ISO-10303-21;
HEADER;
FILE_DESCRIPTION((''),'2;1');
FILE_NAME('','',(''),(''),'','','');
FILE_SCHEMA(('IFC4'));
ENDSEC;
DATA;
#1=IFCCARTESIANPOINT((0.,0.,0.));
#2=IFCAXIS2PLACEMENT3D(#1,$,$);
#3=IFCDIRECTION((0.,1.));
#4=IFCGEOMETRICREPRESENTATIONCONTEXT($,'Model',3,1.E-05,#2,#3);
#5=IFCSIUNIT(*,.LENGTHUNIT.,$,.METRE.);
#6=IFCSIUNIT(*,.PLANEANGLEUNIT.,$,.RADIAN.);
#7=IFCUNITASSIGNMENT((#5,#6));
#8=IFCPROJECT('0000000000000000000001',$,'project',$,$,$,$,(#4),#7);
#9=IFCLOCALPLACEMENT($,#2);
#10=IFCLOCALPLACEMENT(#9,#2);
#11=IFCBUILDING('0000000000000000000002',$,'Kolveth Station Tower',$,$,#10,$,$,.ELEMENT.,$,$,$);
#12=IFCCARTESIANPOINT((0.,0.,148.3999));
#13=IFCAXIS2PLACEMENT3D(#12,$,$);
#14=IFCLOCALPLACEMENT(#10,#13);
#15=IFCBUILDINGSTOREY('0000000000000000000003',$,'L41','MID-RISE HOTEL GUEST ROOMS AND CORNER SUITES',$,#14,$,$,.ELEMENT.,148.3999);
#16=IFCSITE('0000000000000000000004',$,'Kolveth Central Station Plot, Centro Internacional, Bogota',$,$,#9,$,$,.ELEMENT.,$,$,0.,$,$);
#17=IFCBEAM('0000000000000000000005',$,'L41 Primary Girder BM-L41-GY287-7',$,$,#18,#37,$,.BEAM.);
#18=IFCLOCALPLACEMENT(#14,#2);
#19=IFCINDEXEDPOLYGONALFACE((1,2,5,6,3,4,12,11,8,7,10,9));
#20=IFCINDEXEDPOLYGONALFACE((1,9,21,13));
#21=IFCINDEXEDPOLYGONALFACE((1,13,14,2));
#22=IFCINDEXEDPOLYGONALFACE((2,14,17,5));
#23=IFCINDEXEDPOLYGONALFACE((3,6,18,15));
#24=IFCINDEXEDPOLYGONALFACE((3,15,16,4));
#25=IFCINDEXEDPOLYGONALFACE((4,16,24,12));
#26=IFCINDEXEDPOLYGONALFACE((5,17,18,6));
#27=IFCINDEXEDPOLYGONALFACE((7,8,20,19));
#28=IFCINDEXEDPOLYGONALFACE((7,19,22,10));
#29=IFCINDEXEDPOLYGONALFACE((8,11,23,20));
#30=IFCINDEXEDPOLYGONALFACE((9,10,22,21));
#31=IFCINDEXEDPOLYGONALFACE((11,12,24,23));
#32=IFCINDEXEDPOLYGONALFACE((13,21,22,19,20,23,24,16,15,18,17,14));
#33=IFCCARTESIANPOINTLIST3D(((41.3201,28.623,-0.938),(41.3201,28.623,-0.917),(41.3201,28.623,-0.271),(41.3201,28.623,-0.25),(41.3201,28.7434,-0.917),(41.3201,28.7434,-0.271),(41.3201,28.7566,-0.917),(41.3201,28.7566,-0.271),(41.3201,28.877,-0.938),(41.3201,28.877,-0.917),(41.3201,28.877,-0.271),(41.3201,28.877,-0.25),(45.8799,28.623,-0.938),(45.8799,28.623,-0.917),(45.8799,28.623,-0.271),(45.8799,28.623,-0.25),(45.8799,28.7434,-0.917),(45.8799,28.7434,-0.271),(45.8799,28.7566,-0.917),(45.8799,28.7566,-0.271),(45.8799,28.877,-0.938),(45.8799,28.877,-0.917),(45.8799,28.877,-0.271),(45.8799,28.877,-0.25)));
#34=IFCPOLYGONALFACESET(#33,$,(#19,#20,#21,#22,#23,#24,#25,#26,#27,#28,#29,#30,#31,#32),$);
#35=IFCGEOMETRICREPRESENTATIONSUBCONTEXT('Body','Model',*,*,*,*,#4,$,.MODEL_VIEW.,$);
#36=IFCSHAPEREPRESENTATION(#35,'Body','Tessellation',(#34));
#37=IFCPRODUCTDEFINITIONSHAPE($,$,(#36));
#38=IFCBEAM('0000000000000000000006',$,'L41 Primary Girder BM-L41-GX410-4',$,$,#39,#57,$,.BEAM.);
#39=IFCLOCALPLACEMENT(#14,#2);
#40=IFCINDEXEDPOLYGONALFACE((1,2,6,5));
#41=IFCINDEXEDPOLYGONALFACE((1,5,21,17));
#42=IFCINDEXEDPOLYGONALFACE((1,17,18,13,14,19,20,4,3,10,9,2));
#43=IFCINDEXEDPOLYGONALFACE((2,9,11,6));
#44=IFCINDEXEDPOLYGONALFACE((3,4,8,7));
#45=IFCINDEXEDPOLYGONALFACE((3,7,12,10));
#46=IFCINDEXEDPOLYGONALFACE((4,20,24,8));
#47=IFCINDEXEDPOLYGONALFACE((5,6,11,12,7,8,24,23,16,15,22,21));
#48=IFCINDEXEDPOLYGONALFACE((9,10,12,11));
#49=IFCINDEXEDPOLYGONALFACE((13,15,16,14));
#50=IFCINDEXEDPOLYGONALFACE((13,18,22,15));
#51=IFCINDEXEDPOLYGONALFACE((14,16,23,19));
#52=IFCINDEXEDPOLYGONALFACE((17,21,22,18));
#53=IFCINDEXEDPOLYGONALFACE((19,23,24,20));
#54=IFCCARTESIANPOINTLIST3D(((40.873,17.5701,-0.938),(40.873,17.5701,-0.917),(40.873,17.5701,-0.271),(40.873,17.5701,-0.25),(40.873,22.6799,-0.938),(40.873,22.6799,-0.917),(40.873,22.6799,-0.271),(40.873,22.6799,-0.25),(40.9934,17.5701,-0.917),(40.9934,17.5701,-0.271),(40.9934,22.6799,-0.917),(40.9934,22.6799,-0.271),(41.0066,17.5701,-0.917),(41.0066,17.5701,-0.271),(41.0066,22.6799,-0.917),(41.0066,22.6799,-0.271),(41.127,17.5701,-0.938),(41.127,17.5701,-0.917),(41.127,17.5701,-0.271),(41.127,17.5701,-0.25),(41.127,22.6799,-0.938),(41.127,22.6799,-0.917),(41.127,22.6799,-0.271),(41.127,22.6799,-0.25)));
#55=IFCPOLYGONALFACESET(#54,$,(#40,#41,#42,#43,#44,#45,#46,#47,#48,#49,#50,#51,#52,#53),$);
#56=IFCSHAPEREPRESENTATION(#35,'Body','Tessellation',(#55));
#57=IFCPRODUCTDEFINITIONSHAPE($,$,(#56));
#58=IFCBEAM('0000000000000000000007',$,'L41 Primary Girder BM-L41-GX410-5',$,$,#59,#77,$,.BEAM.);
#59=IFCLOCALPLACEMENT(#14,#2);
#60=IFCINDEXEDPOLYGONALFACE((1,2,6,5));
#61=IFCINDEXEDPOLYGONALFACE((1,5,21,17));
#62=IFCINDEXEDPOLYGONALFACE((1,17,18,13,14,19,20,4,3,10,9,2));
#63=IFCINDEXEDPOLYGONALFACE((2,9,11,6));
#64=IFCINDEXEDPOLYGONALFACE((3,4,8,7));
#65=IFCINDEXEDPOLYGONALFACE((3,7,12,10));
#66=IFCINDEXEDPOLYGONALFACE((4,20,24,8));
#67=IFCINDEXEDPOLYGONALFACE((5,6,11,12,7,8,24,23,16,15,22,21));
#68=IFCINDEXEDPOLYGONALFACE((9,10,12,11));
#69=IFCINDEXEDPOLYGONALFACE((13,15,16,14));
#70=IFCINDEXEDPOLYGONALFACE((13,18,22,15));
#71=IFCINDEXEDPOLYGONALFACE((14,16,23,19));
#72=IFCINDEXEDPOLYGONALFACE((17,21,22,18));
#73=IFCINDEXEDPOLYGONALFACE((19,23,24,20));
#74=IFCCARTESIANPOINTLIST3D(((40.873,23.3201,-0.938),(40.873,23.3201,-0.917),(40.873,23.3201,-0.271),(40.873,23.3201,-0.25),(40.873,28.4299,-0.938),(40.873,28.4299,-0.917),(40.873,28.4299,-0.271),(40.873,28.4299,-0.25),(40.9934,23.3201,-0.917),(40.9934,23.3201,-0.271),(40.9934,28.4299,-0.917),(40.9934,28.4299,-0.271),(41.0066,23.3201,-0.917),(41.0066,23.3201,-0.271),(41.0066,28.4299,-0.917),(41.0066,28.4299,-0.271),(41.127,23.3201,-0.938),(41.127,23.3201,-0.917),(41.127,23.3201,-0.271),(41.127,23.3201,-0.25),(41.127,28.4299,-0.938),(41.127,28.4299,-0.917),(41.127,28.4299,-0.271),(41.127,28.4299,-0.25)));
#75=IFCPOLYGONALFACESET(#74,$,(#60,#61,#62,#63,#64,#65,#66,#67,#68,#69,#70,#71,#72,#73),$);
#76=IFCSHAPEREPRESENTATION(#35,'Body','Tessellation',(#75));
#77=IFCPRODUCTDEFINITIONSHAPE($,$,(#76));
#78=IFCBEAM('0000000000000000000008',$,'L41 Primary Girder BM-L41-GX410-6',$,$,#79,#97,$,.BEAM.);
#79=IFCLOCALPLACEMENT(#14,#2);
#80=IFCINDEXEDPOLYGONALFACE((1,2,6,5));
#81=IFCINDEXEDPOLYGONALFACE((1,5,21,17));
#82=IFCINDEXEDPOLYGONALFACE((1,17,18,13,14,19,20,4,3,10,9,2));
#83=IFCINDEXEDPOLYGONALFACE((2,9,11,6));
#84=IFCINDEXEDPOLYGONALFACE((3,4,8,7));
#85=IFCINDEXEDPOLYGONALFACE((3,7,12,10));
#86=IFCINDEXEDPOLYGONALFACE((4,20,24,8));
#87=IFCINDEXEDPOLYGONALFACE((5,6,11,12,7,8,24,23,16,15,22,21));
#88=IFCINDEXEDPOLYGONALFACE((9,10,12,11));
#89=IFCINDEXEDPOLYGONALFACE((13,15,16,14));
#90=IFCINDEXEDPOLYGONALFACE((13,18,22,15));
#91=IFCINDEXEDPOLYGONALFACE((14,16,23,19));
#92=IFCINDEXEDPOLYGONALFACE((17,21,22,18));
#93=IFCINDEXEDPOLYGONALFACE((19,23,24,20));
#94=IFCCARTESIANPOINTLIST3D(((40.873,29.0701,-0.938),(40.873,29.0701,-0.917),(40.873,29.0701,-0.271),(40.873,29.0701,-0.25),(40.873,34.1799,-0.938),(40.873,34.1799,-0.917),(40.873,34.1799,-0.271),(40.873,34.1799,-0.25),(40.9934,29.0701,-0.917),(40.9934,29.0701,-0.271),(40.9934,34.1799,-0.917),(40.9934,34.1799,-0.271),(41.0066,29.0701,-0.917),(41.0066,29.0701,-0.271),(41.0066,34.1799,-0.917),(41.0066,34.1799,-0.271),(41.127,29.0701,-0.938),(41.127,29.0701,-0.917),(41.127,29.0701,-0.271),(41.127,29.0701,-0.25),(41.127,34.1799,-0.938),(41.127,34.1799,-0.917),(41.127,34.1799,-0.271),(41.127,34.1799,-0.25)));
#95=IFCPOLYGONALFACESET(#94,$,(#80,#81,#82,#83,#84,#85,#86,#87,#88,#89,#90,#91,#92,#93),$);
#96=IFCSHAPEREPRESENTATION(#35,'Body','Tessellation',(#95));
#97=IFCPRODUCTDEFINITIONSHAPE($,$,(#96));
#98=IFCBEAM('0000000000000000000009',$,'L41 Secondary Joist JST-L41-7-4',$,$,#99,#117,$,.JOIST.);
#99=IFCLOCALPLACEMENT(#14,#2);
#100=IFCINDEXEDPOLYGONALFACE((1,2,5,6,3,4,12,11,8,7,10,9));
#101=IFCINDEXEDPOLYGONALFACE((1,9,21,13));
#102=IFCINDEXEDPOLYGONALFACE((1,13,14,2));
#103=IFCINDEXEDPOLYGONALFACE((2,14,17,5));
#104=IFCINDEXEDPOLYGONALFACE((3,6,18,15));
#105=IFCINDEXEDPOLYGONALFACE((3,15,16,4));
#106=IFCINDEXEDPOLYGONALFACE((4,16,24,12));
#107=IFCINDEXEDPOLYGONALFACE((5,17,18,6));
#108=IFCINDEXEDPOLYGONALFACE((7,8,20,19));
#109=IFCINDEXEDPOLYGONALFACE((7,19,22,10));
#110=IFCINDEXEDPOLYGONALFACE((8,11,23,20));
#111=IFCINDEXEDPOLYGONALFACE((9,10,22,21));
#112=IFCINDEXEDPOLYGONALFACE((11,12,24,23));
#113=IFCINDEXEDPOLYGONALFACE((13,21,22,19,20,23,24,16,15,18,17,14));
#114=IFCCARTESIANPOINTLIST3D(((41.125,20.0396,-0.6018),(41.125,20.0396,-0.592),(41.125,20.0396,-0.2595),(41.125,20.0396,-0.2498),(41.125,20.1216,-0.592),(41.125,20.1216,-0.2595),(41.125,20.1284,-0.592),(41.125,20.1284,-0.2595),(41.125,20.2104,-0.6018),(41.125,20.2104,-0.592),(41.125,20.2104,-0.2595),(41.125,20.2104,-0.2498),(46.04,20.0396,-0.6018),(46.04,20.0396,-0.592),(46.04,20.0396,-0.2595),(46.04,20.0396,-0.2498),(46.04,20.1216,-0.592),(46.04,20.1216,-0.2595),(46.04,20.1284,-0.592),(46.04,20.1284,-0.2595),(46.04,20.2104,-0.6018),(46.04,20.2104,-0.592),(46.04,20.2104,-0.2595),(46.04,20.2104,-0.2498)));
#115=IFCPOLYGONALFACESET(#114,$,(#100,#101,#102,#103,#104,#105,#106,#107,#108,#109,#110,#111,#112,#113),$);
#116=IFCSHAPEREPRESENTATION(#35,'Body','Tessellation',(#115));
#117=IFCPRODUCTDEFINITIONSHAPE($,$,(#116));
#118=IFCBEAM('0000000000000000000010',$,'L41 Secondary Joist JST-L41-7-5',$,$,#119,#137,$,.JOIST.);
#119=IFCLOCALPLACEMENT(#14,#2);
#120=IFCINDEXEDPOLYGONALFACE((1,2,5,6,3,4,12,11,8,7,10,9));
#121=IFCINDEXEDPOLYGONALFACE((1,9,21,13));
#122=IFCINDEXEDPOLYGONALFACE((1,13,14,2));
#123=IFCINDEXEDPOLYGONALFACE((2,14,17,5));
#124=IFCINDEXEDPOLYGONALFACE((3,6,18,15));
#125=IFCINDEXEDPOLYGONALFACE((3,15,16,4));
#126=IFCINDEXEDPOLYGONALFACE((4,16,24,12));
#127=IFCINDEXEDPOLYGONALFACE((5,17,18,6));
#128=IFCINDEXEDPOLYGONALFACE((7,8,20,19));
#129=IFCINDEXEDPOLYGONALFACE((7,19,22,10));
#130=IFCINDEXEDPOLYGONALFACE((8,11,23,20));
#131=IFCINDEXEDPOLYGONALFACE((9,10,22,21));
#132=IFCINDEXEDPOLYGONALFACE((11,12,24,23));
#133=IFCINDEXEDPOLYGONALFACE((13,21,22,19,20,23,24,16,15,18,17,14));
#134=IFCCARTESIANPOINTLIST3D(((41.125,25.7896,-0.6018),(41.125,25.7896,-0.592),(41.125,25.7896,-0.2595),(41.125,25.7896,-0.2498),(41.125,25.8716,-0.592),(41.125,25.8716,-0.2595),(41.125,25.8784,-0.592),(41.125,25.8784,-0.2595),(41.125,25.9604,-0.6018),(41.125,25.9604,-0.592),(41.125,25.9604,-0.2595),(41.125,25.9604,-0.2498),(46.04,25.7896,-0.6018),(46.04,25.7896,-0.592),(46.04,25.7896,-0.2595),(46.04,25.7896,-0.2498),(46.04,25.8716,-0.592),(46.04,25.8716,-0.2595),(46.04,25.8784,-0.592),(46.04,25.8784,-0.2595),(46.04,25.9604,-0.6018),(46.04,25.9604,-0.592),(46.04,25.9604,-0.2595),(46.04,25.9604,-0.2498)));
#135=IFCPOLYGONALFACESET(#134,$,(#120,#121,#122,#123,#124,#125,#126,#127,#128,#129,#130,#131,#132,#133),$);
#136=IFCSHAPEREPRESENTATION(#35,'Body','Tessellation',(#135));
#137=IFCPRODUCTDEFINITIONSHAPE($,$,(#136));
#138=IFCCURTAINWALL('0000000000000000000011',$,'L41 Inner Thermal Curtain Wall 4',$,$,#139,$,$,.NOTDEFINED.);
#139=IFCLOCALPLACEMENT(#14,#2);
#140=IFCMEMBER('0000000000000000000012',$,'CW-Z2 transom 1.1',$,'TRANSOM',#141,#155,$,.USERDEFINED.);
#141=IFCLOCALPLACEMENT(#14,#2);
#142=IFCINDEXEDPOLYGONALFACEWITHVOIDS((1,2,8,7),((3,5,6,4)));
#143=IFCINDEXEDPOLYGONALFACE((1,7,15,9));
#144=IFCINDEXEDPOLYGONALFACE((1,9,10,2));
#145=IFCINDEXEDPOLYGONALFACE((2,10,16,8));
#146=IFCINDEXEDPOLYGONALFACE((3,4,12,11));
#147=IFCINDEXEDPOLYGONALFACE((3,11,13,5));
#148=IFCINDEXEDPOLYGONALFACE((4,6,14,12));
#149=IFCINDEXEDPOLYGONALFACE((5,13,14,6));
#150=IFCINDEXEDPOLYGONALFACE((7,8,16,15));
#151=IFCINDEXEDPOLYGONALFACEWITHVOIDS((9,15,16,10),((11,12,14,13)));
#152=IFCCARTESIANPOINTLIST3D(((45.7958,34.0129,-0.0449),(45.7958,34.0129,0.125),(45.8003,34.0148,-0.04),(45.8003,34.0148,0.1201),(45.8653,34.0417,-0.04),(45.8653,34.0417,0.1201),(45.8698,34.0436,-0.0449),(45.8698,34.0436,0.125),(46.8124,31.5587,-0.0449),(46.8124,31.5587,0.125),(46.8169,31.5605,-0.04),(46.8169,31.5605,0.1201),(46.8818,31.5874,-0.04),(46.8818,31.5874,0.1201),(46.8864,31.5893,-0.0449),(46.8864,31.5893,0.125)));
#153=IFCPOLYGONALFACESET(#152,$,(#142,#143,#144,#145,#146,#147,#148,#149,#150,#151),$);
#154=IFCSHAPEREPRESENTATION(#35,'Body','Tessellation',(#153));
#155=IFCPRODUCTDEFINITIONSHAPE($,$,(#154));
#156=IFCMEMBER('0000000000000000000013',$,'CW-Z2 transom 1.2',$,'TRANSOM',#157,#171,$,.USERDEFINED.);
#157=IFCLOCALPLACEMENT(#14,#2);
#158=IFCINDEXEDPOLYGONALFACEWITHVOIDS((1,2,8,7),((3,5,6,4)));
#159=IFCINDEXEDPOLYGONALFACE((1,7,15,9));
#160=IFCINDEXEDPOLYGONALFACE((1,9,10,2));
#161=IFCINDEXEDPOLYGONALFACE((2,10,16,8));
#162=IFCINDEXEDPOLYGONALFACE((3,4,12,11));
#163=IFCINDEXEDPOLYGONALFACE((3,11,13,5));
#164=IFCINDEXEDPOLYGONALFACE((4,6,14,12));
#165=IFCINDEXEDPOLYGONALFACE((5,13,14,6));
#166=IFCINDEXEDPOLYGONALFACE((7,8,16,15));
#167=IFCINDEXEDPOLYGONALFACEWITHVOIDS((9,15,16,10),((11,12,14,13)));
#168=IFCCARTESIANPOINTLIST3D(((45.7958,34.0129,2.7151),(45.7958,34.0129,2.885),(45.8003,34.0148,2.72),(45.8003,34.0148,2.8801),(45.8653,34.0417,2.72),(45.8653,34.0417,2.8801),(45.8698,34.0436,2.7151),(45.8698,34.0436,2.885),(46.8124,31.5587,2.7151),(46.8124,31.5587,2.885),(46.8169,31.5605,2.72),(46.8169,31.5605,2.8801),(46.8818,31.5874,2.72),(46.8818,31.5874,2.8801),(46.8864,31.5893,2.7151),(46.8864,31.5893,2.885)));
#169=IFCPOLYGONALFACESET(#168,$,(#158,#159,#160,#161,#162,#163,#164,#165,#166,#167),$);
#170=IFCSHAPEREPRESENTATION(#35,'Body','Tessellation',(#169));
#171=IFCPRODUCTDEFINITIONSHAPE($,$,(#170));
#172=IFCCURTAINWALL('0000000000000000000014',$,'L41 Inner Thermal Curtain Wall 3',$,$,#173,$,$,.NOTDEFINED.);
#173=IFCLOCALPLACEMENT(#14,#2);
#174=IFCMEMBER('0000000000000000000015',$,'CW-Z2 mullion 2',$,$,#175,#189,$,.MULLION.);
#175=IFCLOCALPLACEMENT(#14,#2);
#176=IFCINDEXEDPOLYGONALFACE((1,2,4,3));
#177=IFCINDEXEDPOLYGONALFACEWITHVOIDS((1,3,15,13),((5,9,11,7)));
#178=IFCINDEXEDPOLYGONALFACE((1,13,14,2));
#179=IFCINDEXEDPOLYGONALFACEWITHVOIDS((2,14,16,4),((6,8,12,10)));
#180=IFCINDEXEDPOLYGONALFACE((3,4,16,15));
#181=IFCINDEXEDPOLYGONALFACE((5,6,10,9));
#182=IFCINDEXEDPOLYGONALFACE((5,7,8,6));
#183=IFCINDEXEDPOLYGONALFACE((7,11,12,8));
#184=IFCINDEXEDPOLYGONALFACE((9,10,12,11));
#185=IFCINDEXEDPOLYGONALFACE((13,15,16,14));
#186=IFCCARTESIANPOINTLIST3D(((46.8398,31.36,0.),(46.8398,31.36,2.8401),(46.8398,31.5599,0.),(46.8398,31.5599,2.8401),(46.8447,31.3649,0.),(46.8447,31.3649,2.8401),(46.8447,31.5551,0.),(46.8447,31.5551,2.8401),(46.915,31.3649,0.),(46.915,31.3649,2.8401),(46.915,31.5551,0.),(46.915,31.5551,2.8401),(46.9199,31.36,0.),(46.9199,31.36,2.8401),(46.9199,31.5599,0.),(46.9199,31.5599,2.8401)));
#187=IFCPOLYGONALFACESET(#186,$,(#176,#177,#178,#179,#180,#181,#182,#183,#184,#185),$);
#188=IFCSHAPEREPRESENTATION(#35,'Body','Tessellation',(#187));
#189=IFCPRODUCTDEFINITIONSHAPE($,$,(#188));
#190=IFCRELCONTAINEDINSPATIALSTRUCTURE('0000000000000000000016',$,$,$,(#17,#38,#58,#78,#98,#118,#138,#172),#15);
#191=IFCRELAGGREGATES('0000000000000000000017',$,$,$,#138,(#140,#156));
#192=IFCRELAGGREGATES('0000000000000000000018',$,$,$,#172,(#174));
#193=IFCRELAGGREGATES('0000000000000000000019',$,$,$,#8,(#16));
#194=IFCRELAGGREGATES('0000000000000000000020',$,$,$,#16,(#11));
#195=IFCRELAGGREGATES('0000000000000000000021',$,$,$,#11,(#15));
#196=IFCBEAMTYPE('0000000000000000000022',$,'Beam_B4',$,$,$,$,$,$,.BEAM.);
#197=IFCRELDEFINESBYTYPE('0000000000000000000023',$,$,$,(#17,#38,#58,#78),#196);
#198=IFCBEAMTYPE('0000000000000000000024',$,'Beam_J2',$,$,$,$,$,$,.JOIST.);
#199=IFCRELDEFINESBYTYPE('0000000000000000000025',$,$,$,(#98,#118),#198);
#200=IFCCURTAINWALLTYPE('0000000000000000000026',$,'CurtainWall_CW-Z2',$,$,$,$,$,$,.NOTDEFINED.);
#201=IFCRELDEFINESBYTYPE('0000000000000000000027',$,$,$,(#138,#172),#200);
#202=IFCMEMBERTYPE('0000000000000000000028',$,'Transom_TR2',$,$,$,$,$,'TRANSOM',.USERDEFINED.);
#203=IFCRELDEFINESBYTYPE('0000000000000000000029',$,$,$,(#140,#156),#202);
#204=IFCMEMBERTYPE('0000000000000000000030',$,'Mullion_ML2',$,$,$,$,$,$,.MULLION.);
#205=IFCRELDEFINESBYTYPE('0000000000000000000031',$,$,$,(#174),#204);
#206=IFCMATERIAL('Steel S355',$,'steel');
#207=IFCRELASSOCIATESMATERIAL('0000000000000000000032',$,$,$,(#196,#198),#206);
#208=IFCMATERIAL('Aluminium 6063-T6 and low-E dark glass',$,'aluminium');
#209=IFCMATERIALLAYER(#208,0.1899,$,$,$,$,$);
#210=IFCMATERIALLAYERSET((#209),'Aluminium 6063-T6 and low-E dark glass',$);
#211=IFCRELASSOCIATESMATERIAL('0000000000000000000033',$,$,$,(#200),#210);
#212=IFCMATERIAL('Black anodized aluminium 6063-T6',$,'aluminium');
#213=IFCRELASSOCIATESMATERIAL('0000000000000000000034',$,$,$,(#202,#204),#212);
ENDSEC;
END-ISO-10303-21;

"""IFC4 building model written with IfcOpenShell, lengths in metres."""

from ifc_helpers import new_model, si_unit, direction, frame, origin, origin_2d, place, context, subcontext, project, spatial, hollow_rectangle, i_section, extrude, source, transform, mapped, material, layer, layer_set, material_profile, profile_set, type_object, element, aggregate, save


model = new_model("IFC4")

# Units and contexts
model_context = context("Model", 3, precision=1e-05, world=origin(), true_north=direction((0.0, 1.0)))
body_context = subcontext(model_context, "Body", "Model", "MODEL_VIEW")
ifc_project = project(units=[si_unit("LENGTHUNIT", "METRE"), si_unit("PLANEANGLEUNIT", "RADIAN")], contexts=[model_context])

# Site, building, storey
site_placement = place(None, origin())
site = spatial("IfcSite", under=ifc_project, at=site_placement, Name="Kolveth Central Station Plot, Centro Internacional, Bogota", CompositionType="ELEMENT", RefElevation=0.0)
building_placement = place(site_placement, origin())
building = spatial("IfcBuilding", under=site, at=building_placement, Name="Kolveth Station Tower", CompositionType="ELEMENT")
storey_placement = place(building_placement, frame((0.0, 0.0, 148.3999)))
storey = spatial("IfcBuildingStorey", under=building, at=storey_placement, Name="L41", Description="MID-RISE HOTEL GUEST ROOMS AND CORNER SUITES", CompositionType="ELEMENT", Elevation=148.3999)

# Beams
ifc_material_1 = material(Name="Steel S355", Category="steel")
ifc_material_profile_1 = material_profile(ifc_material_1, i_section(OverallWidth=0.2539, OverallDepth=0.688, WebThickness=0.0132, FlangeThickness=0.021, at=origin_2d()), Name="W690x152")
ifc_profile_set_1 = profile_set([ifc_material_profile_1], Name="Steel S355")
beam_type_1 = type_object("IfcBeamType", Name="Beam_B4", PredefinedType="BEAM", material=ifc_profile_set_1)
shared_shape_1 = source(origin(), body_context, "Body", "SweptSolid", [
    extrude(i_section(OverallWidth=0.2539, OverallDepth=0.688, WebThickness=0.0132, FlangeThickness=0.021, at=origin_2d()), origin(), (0.0, 0.0, 1.0), 4.5598),
])
for number, where, z_axis, x_axis, name in (
    (1, (41.3201, 28.75, -0.594), (1.0, 0.0, 0.0), (0.0, 1.0, 0.0), "L41 Primary Girder BM-L41-GY287-7"),
):
    element("IfcBeam", number, at=place(storey_placement, frame(where, z_axis=z_axis, x_axis=x_axis)), inside=storey, type_object=beam_type_1, Name=name, PredefinedType="BEAM", context=body_context, shape_type="MappedRepresentation", body=[
        mapped(shared_shape_1, transform((0.0, 0.0, 0.0), x_axis=(1.0, 0.0, 0.0), y_axis=(0.0, 1.0, 0.0), z_axis=(0.0, 0.0, 1.0), scale=1.0)),
    ])
shared_shape_2 = source(origin(), body_context, "Body", "SweptSolid", [
    extrude(i_section(OverallWidth=0.2539, OverallDepth=0.688, WebThickness=0.0132, FlangeThickness=0.021, at=origin_2d()), origin(), (0.0, 0.0, 1.0), 5.1099),
])
for number, where, z_axis, x_axis, name in (
    (2, (41.0, 17.5701, -0.594), (0.0, 1.0, 0.0), (-1.0, 0.0, 0.0), "L41 Primary Girder BM-L41-GX410-4"),
    (3, (41.0, 23.3201, -0.594), (0.0, 1.0, 0.0), (-1.0, 0.0, 0.0), "L41 Primary Girder BM-L41-GX410-5"),
    (4, (41.0, 29.0701, -0.594), (0.0, 1.0, 0.0), (-1.0, 0.0, 0.0), "L41 Primary Girder BM-L41-GX410-6"),
):
    element("IfcBeam", number, at=place(storey_placement, frame(where, z_axis=z_axis, x_axis=x_axis)), inside=storey, type_object=beam_type_1, Name=name, PredefinedType="BEAM", context=body_context, shape_type="MappedRepresentation", body=[
        mapped(shared_shape_2, transform((0.0, 0.0, 0.0), x_axis=(1.0, 0.0, 0.0), y_axis=(0.0, 1.0, 0.0), z_axis=(0.0, 0.0, 1.0), scale=1.0)),
    ])
ifc_material_profile_2 = material_profile(ifc_material_1, i_section(OverallWidth=0.1709, OverallDepth=0.3521, WebThickness=0.0068, FlangeThickness=0.0098, at=origin_2d()), Name="W360x44")
ifc_profile_set_2 = profile_set([ifc_material_profile_2], Name="Steel S355")
beam_type_2 = type_object("IfcBeamType", Name="Beam_J2", PredefinedType="JOIST", material=ifc_profile_set_2)
shared_shape_3 = source(origin(), body_context, "Body", "SweptSolid", [
    extrude(i_section(OverallWidth=0.1709, OverallDepth=0.3521, WebThickness=0.0068, FlangeThickness=0.0098, at=origin_2d()), origin(), (0.0, 0.0, 1.0), 4.915),
])
for number, where, z_axis, x_axis, name in (
    (5, (41.125, 20.125, -0.4258), (1.0, 0.0, 0.0), (0.0, 1.0, 0.0), "L41 Secondary Joist JST-L41-7-4"),
    (6, (41.125, 25.875, -0.4258), (1.0, 0.0, 0.0), (0.0, 1.0, 0.0), "L41 Secondary Joist JST-L41-7-5"),
):
    element("IfcBeam", number, at=place(storey_placement, frame(where, z_axis=z_axis, x_axis=x_axis)), inside=storey, type_object=beam_type_2, Name=name, PredefinedType="JOIST", context=body_context, shape_type="MappedRepresentation", body=[
        mapped(shared_shape_3, transform((0.0, 0.0, 0.0), x_axis=(1.0, 0.0, 0.0), y_axis=(0.0, 1.0, 0.0), z_axis=(0.0, 0.0, 1.0), scale=1.0)),
    ])

# Curtain wall, members
ifc_material_2 = material(Name="Aluminium 6063-T6 and low-E dark glass", Category="aluminium")
ifc_layer_1 = layer(ifc_material_2, 0.1899)
ifc_layer_set_1 = layer_set([ifc_layer_1], Name="Aluminium 6063-T6 and low-E dark glass")
curtain_wall_type = type_object("IfcCurtainWallType", Name="CurtainWall_CW-Z2", PredefinedType="NOTDEFINED", material=ifc_layer_set_1)
curtain_wall_1_placement = place(storey_placement, origin())
curtain_wall_1 = element("IfcCurtainWall", 7, at=curtain_wall_1_placement, inside=storey, type_object=curtain_wall_type, Name="L41 Inner Thermal Curtain Wall 4", PredefinedType="NOTDEFINED")
ifc_material_3 = material(Name="Black anodized aluminium 6063-T6", Category="aluminium")
ifc_material_profile_3 = material_profile(ifc_material_3, hollow_rectangle(XDim=0.0801, YDim=0.1699, WallThickness=0.0049, at=origin_2d()), Name="ALU-80x170x5")
ifc_profile_set_3 = profile_set([ifc_material_profile_3], Name="Black anodized aluminium 6063-T6")
member_type_1 = type_object("IfcMemberType", Name="Transom_TR2", ElementType="TRANSOM", PredefinedType="USERDEFINED", material=ifc_profile_set_3)
shared_shape_4 = source(origin(), body_context, "Body", "SweptSolid", [
    extrude(hollow_rectangle(XDim=0.0801, YDim=0.1699, WallThickness=0.0049, at=origin_2d()), origin(), (0.0, 0.0, 1.0), 2.6565),
])
member_1_placement = place(storey_placement, frame((46.8494, 31.574, 0.04), z_axis=(-0.382676, 0.923882, 0.0), x_axis=(-0.923882, -0.382676, 0.0)))
member_1 = element("IfcMember", 8, at=member_1_placement, type_object=member_type_1, Name="CW-Z2 transom 1.1", ObjectType="TRANSOM", PredefinedType="USERDEFINED", context=body_context, shape_type="MappedRepresentation", body=[
    mapped(shared_shape_4, transform((0.0, 0.0, 0.0), x_axis=(1.0, 0.0, 0.0), y_axis=(0.0, 1.0, 0.0), z_axis=(0.0, 0.0, 1.0), scale=1.0)),
])
member_2_placement = place(storey_placement, frame((46.8494, 31.574, 2.8), z_axis=(-0.382676, 0.923882, 0.0), x_axis=(-0.923882, -0.382676, 0.0)))
member_2 = element("IfcMember", 9, at=member_2_placement, type_object=member_type_1, Name="CW-Z2 transom 1.2", ObjectType="TRANSOM", PredefinedType="USERDEFINED", context=body_context, shape_type="MappedRepresentation", body=[
    mapped(shared_shape_4, transform((0.0, 0.0, 0.0), x_axis=(1.0, 0.0, 0.0), y_axis=(0.0, 1.0, 0.0), z_axis=(0.0, 0.0, 1.0), scale=1.0)),
])

# Curtain wall, member
curtain_wall_2_placement = place(storey_placement, origin())
curtain_wall_2 = element("IfcCurtainWall", 10, at=curtain_wall_2_placement, inside=storey, type_object=curtain_wall_type, Name="L41 Inner Thermal Curtain Wall 3", PredefinedType="NOTDEFINED")
ifc_material_profile_4 = material_profile(ifc_material_3, hollow_rectangle(XDim=0.0801, YDim=0.2, WallThickness=0.0049, at=origin_2d()), Name="ALU-80x200x5")
ifc_profile_set_4 = profile_set([ifc_material_profile_4], Name="Black anodized aluminium 6063-T6")
member_type_2 = type_object("IfcMemberType", Name="Mullion_ML2", PredefinedType="MULLION", material=ifc_profile_set_4)
shared_shape_5 = source(origin(), body_context, "Body", "SweptSolid", [
    extrude(hollow_rectangle(XDim=0.0801, YDim=0.2, WallThickness=0.0049, at=origin_2d()), origin(), (0.0, 0.0, 1.0), 2.8401),
])
member_3_placement = place(storey_placement, frame((46.8799, 31.46, 0.0), z_axis=(0.0, 0.0, 1.0), x_axis=(-1.0, 0.0, 0.0)))
member_3 = element("IfcMember", 11, at=member_3_placement, type_object=member_type_2, Name="CW-Z2 mullion 2", PredefinedType="MULLION", context=body_context, shape_type="MappedRepresentation", body=[
    mapped(shared_shape_5, transform((0.0, 0.0, 0.0), x_axis=(1.0, 0.0, 0.0), y_axis=(0.0, 1.0, 0.0), z_axis=(0.0, 0.0, 1.0), scale=1.0)),
])

aggregate(curtain_wall_1, [member_1, member_2])

aggregate(curtain_wall_2, [member_3])

save(model, "model.ifc")
